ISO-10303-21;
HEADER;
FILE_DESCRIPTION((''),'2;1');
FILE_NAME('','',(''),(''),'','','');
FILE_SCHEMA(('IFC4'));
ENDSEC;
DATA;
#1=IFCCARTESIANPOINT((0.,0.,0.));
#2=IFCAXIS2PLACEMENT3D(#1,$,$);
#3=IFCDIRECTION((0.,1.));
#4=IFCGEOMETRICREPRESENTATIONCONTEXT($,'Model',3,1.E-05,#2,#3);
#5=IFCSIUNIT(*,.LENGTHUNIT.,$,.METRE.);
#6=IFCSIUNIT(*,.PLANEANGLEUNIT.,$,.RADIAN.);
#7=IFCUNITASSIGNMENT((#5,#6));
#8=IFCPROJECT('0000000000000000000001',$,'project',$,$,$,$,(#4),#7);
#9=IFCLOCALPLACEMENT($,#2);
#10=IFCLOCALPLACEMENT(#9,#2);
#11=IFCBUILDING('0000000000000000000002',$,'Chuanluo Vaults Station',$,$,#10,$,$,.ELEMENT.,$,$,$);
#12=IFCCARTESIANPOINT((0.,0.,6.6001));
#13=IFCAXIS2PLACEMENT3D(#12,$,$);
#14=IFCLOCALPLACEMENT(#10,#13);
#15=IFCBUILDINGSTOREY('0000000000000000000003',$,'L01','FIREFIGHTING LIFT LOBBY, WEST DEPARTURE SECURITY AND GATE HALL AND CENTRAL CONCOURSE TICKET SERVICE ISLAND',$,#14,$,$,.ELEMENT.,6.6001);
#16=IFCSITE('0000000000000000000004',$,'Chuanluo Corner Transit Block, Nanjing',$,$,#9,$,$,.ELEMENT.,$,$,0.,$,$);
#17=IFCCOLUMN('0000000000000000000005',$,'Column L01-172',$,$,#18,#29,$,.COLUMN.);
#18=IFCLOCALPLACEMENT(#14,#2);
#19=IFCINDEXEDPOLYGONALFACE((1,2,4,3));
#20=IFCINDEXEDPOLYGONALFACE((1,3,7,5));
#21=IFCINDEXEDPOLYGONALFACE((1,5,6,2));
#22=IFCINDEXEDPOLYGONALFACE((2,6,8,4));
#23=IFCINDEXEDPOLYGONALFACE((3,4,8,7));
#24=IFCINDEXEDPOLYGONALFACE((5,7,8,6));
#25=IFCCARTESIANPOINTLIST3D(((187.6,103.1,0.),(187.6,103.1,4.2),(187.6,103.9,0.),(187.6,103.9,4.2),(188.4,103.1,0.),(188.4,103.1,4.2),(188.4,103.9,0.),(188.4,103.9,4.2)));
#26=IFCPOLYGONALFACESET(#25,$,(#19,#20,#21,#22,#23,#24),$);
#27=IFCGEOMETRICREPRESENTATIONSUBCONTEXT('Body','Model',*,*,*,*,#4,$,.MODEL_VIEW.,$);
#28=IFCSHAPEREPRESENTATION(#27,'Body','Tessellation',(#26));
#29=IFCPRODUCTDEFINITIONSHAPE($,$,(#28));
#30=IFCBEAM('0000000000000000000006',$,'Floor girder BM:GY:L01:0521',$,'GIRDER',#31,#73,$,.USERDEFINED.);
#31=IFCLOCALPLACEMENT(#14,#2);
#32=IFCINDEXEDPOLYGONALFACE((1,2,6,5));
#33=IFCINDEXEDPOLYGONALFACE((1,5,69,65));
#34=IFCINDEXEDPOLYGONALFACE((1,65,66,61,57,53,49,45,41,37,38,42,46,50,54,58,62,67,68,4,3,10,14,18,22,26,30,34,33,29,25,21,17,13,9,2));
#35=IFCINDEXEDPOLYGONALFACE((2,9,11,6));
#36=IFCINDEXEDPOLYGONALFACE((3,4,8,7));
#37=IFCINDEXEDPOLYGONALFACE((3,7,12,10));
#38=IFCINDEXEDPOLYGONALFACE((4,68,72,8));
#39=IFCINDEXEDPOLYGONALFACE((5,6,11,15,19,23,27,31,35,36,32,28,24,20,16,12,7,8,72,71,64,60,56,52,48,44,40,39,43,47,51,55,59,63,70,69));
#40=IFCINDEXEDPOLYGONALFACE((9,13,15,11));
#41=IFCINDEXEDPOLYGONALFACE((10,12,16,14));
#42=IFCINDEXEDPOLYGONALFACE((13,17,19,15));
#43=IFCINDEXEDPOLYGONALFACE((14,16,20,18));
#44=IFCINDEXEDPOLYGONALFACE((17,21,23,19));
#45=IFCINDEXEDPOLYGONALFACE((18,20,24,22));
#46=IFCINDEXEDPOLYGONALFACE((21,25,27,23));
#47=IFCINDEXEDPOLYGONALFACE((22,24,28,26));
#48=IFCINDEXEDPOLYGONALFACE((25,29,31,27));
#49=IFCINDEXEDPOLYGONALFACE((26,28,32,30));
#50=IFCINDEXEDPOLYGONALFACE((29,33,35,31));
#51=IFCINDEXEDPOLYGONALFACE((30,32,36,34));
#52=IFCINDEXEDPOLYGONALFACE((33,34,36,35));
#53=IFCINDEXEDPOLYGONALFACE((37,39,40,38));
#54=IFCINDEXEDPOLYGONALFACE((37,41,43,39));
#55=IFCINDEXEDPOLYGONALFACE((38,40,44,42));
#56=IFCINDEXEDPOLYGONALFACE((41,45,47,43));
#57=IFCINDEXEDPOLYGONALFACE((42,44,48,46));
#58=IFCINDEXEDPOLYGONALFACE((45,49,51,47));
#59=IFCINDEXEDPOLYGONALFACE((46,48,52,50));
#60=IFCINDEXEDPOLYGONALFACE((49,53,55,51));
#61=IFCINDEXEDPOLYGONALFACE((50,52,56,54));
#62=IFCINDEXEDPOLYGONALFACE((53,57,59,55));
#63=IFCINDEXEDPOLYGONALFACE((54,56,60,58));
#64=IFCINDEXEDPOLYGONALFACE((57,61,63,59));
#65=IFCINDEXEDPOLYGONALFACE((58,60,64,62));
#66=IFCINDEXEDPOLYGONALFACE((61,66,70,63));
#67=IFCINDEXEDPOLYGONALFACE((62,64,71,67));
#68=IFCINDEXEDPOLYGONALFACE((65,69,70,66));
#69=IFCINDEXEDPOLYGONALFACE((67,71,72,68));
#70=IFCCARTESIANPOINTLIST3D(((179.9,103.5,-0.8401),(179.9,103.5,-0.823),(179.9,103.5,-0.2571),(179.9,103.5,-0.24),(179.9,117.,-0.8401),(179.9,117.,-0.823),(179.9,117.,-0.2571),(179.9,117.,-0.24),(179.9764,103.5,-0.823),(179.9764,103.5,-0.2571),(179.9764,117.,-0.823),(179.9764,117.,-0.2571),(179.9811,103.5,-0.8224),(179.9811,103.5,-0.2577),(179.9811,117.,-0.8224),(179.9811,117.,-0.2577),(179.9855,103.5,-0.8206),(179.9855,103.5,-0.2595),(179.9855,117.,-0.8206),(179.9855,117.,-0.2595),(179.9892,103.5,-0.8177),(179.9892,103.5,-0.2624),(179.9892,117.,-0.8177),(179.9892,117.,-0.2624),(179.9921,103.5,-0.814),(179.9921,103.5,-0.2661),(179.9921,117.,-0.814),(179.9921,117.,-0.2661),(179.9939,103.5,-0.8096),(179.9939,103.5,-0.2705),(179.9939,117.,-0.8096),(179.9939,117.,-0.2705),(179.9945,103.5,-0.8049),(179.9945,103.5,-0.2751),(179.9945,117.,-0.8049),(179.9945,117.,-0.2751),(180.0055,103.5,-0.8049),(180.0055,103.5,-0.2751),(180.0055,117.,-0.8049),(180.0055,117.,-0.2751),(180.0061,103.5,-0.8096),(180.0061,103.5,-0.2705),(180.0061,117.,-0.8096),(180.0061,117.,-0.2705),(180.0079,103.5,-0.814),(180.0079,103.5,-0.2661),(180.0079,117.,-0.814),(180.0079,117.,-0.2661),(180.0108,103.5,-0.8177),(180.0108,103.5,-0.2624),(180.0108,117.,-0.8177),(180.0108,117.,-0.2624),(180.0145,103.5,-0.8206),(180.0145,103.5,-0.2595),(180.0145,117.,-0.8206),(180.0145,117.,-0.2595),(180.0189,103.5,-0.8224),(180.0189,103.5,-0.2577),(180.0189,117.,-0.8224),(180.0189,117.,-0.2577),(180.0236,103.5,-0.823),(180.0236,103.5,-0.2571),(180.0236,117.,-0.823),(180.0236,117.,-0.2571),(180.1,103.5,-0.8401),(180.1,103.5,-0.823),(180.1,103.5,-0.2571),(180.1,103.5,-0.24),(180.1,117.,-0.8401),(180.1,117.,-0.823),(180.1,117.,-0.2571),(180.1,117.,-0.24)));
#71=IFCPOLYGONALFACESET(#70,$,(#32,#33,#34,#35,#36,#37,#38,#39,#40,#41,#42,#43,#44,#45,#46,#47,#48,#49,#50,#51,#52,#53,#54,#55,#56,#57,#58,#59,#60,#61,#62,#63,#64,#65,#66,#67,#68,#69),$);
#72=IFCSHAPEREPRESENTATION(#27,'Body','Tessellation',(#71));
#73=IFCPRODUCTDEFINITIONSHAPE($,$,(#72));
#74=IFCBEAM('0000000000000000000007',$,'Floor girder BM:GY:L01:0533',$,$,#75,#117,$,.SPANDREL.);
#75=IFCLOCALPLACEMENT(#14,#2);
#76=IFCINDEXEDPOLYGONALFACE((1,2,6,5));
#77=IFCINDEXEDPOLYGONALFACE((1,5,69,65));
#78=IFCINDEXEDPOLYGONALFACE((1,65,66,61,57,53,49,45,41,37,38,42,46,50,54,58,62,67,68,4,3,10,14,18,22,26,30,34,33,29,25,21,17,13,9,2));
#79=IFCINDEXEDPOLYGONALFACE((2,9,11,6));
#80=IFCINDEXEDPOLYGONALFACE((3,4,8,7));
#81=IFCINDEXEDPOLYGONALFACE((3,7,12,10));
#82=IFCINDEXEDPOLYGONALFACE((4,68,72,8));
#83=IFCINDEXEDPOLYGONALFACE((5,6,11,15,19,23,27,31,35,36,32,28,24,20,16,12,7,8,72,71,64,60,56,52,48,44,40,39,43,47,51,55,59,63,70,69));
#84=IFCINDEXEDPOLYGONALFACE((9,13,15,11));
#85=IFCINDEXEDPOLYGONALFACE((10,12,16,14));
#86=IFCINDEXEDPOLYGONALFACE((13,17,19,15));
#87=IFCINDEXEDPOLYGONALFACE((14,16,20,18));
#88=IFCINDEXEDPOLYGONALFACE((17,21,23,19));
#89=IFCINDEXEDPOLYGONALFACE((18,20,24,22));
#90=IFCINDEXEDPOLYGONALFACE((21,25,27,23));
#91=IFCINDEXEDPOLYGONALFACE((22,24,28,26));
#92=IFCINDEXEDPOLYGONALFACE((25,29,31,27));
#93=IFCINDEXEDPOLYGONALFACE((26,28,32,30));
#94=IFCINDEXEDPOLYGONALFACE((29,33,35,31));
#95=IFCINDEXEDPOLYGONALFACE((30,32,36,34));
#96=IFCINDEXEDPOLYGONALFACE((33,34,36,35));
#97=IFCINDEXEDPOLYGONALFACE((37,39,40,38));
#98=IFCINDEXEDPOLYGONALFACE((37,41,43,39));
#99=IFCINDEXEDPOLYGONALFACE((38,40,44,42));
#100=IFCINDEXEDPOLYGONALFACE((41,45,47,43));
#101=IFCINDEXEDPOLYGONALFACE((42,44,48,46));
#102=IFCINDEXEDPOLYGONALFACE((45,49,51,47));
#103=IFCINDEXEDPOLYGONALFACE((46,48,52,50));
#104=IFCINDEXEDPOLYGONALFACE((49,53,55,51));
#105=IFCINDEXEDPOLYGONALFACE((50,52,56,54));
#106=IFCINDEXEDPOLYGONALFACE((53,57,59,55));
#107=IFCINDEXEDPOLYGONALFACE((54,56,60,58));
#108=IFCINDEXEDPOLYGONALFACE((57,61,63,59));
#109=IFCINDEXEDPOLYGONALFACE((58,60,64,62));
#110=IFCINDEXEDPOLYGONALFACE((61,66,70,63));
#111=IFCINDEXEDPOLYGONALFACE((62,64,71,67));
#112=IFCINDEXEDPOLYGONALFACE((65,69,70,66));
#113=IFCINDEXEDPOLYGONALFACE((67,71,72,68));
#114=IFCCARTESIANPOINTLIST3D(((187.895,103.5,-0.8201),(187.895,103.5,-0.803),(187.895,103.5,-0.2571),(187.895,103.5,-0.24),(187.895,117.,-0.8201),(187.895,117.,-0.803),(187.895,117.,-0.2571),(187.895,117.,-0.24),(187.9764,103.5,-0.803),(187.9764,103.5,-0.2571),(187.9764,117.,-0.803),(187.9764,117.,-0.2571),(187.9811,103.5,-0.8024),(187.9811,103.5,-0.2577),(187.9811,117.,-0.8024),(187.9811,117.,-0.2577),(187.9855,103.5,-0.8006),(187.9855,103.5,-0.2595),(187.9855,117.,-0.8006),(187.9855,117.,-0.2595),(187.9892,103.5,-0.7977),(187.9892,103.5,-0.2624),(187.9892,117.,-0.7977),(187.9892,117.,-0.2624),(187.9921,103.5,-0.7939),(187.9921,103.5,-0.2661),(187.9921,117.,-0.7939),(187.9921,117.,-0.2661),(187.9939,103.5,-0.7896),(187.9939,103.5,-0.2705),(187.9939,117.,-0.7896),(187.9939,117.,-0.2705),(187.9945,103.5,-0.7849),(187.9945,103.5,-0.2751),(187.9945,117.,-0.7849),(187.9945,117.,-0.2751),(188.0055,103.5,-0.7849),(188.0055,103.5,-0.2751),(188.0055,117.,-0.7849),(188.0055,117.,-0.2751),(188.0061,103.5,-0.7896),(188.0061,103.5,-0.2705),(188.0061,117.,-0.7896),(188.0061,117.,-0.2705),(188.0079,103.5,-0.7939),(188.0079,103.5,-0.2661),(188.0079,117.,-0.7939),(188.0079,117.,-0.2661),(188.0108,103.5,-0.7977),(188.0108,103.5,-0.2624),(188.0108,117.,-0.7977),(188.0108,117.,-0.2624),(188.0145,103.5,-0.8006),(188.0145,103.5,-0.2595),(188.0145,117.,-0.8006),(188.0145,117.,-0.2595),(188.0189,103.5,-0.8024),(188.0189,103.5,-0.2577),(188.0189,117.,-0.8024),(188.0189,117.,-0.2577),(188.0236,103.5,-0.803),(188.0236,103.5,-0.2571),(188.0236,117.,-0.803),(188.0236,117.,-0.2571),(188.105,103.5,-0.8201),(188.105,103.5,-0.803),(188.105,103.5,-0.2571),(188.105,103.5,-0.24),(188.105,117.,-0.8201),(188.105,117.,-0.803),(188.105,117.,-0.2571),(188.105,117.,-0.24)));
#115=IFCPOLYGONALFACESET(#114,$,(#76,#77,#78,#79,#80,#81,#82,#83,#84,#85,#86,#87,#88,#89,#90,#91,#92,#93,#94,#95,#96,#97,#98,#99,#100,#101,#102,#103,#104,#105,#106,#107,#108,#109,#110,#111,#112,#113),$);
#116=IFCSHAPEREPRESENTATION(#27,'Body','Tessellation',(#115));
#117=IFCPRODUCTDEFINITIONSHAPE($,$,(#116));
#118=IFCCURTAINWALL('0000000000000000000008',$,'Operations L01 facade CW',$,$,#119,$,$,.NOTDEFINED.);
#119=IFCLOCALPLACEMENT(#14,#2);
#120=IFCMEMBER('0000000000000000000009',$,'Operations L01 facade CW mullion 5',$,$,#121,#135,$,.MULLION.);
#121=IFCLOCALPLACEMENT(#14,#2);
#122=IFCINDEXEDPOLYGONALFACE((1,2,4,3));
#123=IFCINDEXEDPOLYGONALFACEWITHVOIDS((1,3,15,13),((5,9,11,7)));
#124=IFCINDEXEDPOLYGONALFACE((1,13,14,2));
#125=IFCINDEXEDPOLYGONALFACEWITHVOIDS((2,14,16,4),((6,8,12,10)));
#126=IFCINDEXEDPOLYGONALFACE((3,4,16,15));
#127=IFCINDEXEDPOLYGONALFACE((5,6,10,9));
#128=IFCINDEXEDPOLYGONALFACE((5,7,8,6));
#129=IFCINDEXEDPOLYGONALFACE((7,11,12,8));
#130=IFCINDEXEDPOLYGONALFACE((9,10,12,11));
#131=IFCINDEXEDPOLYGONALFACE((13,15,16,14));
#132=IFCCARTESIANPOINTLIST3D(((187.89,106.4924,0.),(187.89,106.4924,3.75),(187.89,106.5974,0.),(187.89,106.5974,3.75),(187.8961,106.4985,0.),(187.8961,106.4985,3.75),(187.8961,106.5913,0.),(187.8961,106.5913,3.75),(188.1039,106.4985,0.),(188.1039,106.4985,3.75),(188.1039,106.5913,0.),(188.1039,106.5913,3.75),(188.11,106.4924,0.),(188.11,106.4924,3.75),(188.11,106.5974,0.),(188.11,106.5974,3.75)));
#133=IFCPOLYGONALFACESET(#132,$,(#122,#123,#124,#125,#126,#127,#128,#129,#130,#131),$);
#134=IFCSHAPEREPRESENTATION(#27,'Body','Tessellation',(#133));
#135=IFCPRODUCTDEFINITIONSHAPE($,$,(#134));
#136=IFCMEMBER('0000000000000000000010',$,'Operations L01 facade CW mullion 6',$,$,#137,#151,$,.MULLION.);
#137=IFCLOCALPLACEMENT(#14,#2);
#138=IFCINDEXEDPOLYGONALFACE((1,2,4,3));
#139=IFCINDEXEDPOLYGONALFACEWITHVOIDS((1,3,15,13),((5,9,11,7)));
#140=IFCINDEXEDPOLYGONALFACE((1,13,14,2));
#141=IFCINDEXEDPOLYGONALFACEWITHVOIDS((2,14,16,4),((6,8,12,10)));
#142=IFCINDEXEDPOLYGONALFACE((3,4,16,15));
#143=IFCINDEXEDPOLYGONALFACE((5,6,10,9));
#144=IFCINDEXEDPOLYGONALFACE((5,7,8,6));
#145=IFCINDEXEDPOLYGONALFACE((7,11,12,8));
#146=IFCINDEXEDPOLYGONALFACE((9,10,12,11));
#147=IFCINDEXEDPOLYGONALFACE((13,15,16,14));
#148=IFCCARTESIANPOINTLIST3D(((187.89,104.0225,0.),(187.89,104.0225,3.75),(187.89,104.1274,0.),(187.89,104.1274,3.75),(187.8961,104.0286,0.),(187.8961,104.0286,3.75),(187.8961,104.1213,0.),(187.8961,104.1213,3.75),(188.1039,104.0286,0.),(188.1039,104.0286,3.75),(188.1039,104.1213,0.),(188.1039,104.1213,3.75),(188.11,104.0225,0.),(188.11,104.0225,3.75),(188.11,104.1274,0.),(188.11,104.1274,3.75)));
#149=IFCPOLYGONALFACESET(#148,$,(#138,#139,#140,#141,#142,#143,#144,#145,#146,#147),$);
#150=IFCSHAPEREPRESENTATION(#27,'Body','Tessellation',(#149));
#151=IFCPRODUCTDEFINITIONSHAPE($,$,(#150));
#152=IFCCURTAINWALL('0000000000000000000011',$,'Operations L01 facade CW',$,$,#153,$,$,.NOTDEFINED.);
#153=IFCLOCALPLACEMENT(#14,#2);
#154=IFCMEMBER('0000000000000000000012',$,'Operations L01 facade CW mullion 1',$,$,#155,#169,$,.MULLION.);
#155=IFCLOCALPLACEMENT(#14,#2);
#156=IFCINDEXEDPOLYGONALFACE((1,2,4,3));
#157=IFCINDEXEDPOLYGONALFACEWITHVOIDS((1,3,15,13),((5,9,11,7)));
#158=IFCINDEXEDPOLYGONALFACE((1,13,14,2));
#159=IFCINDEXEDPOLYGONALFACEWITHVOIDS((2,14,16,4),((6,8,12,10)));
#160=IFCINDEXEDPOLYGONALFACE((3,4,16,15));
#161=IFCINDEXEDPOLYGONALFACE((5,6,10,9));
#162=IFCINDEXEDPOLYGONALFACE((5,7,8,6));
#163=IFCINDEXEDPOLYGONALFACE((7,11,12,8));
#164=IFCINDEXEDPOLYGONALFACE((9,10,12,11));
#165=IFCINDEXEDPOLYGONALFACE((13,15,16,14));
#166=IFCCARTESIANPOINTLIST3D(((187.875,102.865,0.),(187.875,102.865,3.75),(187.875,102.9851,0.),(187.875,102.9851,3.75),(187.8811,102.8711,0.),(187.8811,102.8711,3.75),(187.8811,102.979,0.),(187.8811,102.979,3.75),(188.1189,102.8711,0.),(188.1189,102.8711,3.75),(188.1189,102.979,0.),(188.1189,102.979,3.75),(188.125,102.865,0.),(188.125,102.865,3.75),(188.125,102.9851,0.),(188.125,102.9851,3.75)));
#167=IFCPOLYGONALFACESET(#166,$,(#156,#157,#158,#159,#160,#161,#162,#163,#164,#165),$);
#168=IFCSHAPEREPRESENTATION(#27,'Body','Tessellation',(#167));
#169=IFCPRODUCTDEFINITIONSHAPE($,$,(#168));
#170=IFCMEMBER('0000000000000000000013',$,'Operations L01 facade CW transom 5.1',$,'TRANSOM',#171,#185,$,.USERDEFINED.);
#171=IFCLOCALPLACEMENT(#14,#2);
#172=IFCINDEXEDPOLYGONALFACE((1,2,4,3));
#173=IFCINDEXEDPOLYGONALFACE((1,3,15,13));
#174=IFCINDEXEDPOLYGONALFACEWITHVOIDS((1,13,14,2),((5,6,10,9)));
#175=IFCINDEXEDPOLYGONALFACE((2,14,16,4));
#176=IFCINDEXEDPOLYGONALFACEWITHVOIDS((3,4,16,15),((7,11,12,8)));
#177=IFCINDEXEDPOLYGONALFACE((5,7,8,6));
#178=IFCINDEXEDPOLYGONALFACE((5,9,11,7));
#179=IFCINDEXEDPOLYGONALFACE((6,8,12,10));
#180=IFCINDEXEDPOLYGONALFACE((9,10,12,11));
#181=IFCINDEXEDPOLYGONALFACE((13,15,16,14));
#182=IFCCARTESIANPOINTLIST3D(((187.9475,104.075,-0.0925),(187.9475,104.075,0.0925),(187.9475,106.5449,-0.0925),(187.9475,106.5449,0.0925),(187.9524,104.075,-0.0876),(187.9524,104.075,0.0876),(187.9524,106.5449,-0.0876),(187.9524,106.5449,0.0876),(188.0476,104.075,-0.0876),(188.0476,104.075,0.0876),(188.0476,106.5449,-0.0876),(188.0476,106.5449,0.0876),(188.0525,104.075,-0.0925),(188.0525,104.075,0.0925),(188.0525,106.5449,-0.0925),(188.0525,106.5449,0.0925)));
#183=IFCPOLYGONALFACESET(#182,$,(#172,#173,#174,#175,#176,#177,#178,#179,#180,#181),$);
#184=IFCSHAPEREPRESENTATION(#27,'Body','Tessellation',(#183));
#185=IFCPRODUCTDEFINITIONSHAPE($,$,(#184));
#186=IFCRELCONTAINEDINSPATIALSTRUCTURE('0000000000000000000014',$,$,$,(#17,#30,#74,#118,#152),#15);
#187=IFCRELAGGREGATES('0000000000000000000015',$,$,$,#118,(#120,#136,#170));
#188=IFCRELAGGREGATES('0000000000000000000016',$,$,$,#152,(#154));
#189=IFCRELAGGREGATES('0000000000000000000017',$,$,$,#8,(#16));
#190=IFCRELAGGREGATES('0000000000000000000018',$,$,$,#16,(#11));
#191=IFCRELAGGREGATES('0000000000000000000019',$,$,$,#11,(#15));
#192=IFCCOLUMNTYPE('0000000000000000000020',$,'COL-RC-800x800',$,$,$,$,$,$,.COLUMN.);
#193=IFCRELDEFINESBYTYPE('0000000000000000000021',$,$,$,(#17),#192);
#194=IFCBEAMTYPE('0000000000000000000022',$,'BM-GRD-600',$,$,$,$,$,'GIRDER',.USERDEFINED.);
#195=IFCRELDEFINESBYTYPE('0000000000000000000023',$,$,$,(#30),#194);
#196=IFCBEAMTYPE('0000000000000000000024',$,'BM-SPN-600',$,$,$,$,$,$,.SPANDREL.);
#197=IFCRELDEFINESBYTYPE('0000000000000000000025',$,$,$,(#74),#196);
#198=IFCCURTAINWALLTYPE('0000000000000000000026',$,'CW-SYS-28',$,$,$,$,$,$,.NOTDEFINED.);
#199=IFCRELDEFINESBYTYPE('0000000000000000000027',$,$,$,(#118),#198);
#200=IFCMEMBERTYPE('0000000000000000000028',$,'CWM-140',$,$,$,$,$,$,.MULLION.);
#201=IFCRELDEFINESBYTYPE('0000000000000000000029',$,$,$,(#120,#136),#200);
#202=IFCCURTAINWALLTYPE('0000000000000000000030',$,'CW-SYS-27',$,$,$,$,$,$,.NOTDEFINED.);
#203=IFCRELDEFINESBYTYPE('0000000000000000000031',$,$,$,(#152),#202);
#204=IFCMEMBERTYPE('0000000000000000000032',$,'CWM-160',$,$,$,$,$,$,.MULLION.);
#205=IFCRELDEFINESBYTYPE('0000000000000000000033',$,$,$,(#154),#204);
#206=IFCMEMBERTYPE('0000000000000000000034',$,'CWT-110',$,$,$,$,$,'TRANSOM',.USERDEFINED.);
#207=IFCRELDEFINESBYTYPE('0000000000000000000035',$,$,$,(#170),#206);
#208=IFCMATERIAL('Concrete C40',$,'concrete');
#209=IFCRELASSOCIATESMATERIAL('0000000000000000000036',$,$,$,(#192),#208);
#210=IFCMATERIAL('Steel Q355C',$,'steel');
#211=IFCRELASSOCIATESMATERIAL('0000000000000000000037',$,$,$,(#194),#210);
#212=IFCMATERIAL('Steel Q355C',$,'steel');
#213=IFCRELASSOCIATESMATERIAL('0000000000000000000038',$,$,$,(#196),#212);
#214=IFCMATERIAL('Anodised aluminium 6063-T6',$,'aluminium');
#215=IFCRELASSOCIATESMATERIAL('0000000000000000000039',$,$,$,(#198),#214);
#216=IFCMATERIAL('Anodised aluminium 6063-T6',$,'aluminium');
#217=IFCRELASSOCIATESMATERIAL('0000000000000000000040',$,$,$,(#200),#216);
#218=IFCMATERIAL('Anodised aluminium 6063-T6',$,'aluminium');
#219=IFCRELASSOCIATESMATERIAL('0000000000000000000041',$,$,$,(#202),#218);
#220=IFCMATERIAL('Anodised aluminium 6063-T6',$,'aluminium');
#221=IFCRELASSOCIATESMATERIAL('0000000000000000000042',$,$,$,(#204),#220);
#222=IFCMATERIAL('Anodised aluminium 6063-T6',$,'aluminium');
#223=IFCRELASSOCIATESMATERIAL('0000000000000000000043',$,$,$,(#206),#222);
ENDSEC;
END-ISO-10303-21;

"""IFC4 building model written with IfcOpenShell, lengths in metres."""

from ifc_helpers import new_model, si_unit, direction, frame, origin, origin_2d, place, context, subcontext, project, spatial, rectangle, hollow_rectangle, i_section, extrude, material, material_profile, profile_set, type_object, element, aggregate, save


model = new_model("IFC4")

# Units and contexts
model_context = context("Model", 3, precision=1e-05, world=origin(), true_north=direction((0.0, 1.0)))
body_context = subcontext(model_context, "Body", "Model", "MODEL_VIEW")
ifc_project = project(units=[si_unit("LENGTHUNIT", "METRE"), si_unit("PLANEANGLEUNIT", "RADIAN")], contexts=[model_context])

# Site, building, storey
site_placement = place(None, origin())
site = spatial("IfcSite", under=ifc_project, at=site_placement, Name="Chuanluo Corner Transit Block, Nanjing", CompositionType="ELEMENT", RefElevation=0.0)
building_placement = place(site_placement, origin())
building = spatial("IfcBuilding", under=site, at=building_placement, Name="Chuanluo Vaults Station", CompositionType="ELEMENT")
storey_placement = place(building_placement, frame((0.0, 0.0, 6.6001)))
storey = spatial("IfcBuildingStorey", under=building, at=storey_placement, Name="L01", Description="FIREFIGHTING LIFT LOBBY, WEST DEPARTURE SECURITY AND GATE HALL AND CENTRAL CONCOURSE TICKET SERVICE ISLAND", CompositionType="ELEMENT", Elevation=6.6001)

# Column
ifc_material_1 = material(Name="Concrete C40", Category="concrete")
ifc_material_profile_1 = material_profile(ifc_material_1, rectangle(XDim=0.8, YDim=0.8, at=origin_2d()))
ifc_profile_set_1 = profile_set([ifc_material_profile_1], Name="Concrete C40")
column_type = type_object("IfcColumnType", Name="COL-RC-800x800", PredefinedType="COLUMN", material=ifc_profile_set_1)
column_placement = place(storey_placement, frame((188.0, 103.5, 0.0), z_axis=(0.0, 0.0, 1.0), x_axis=(1.0, 0.0, 0.0)))
element("IfcColumn", 1, at=column_placement, inside=storey, type_object=column_type, Name="Column L01-172", PredefinedType="COLUMN", context=body_context, shape_type="SweptSolid", body=[
    extrude(rectangle(XDim=0.8, YDim=0.8, at=origin_2d()), origin(), (0.0, 0.0, 1.0), 4.2),
])

# Beams
ifc_material_2 = material(Name="Steel Q355C", Category="steel")
ifc_material_profile_2 = material_profile(ifc_material_2, i_section(OverallWidth=0.2, OverallDepth=0.6001, WebThickness=0.011, FlangeThickness=0.0171, FilletRadius=0.0181, at=origin_2d()))
ifc_profile_set_2 = profile_set([ifc_material_profile_2], Name="Steel Q355C")
beam_type_1 = type_object("IfcBeamType", Name="BM-GRD-600", ElementType="GIRDER", PredefinedType="USERDEFINED", material=ifc_profile_set_2)
beam_1_placement = place(storey_placement, frame((180.0, 103.5, -0.54), z_axis=(0.0, 1.0, 0.0), x_axis=(-1.0, 0.0, 0.0)))
element("IfcBeam", 2, at=beam_1_placement, inside=storey, type_object=beam_type_1, Name="Floor girder BM:GY:L01:0521", ObjectType="GIRDER", PredefinedType="USERDEFINED", context=body_context, shape_type="SweptSolid", body=[
    extrude(i_section(OverallWidth=0.2, OverallDepth=0.6001, WebThickness=0.011, FlangeThickness=0.0171, FilletRadius=0.0181, at=origin_2d()), origin(), (0.0, 0.0, 1.0), 13.5),
])
ifc_material_3 = material(Name="Steel Q355C", Category="steel")
ifc_material_profile_3 = material_profile(ifc_material_3, i_section(OverallWidth=0.21, OverallDepth=0.5801, WebThickness=0.011, FlangeThickness=0.0171, FilletRadius=0.0181, at=origin_2d()))
ifc_profile_set_3 = profile_set([ifc_material_profile_3], Name="Steel Q355C")
beam_type_2 = type_object("IfcBeamType", Name="BM-SPN-600", PredefinedType="SPANDREL", material=ifc_profile_set_3)
beam_2_placement = place(storey_placement, frame((188.0, 103.5, -0.53), z_axis=(0.0, 1.0, 0.0), x_axis=(-1.0, 0.0, 0.0)))
element("IfcBeam", 3, at=beam_2_placement, inside=storey, type_object=beam_type_2, Name="Floor girder BM:GY:L01:0533", PredefinedType="SPANDREL", context=body_context, shape_type="SweptSolid", body=[
    extrude(i_section(OverallWidth=0.21, OverallDepth=0.5801, WebThickness=0.011, FlangeThickness=0.0171, FilletRadius=0.0181, at=origin_2d()), origin(), (0.0, 0.0, 1.0), 13.5),
])

# Curtain wall, members
ifc_material_4 = material(Name="Anodised aluminium 6063-T6", Category="aluminium")
curtain_wall_type_1 = type_object("IfcCurtainWallType", Name="CW-SYS-28", PredefinedType="NOTDEFINED", material=ifc_material_4)
curtain_wall_1_placement = place(storey_placement, origin())
curtain_wall_1 = element("IfcCurtainWall", 4, at=curtain_wall_1_placement, inside=storey, type_object=curtain_wall_type_1, Name="Operations L01 facade CW", PredefinedType="NOTDEFINED")
ifc_material_5 = material(Name="Anodised aluminium 6063-T6", Category="aluminium")
ifc_material_profile_4 = material_profile(ifc_material_5, hollow_rectangle(XDim=0.105, YDim=0.22, WallThickness=0.0061, at=origin_2d()))
ifc_profile_set_4 = profile_set([ifc_material_profile_4], Name="Anodised aluminium 6063-T6")
member_type_1 = type_object("IfcMemberType", Name="CWM-140", PredefinedType="MULLION", material=ifc_profile_set_4)
member_1_placement = place(storey_placement, frame((188.0, 106.5449, 0.0), z_axis=(0.0, 0.0, 1.0), x_axis=(0.0, -1.0, 0.0)))
member_1 = element("IfcMember", 5, at=member_1_placement, type_object=member_type_1, Name="Operations L01 facade CW mullion 5", PredefinedType="MULLION", context=body_context, shape_type="SweptSolid", body=[
    extrude(hollow_rectangle(XDim=0.105, YDim=0.22, WallThickness=0.0061, at=origin_2d()), origin(), (0.0, 0.0, 1.0), 3.75),
])
member_2_placement = place(storey_placement, frame((188.0, 104.075, 0.0), z_axis=(0.0, 0.0, 1.0), x_axis=(0.0, -1.0, 0.0)))
member_2 = element("IfcMember", 6, at=member_2_placement, type_object=member_type_1, Name="Operations L01 facade CW mullion 6", PredefinedType="MULLION", context=body_context, shape_type="SweptSolid", body=[
    extrude(hollow_rectangle(XDim=0.105, YDim=0.22, WallThickness=0.0061, at=origin_2d()), origin(), (0.0, 0.0, 1.0), 3.75),
])

# Curtain wall, member
ifc_material_6 = material(Name="Anodised aluminium 6063-T6", Category="aluminium")
curtain_wall_type_2 = type_object("IfcCurtainWallType", Name="CW-SYS-27", PredefinedType="NOTDEFINED", material=ifc_material_6)
curtain_wall_2_placement = place(storey_placement, origin())
curtain_wall_2 = element("IfcCurtainWall", 7, at=curtain_wall_2_placement, inside=storey, type_object=curtain_wall_type_2, Name="Operations L01 facade CW", PredefinedType="NOTDEFINED")
ifc_material_7 = material(Name="Anodised aluminium 6063-T6", Category="aluminium")
ifc_material_profile_5 = material_profile(ifc_material_7, hollow_rectangle(XDim=0.1201, YDim=0.25, WallThickness=0.0061, at=origin_2d()))
ifc_profile_set_5 = profile_set([ifc_material_profile_5], Name="Anodised aluminium 6063-T6")
member_type_2 = type_object("IfcMemberType", Name="CWM-160", PredefinedType="MULLION", material=ifc_profile_set_5)
member_3_placement = place(storey_placement, frame((188.0, 102.925, 0.0), z_axis=(0.0, 0.0, 1.0), x_axis=(0.0, -1.0, 0.0)))
member_3 = element("IfcMember", 8, at=member_3_placement, type_object=member_type_2, Name="Operations L01 facade CW mullion 1", PredefinedType="MULLION", context=body_context, shape_type="SweptSolid", body=[
    extrude(hollow_rectangle(XDim=0.1201, YDim=0.25, WallThickness=0.0061, at=origin_2d()), origin(), (0.0, 0.0, 1.0), 3.75),
])

# Member
ifc_material_8 = material(Name="Anodised aluminium 6063-T6", Category="aluminium")
ifc_material_profile_6 = material_profile(ifc_material_8, hollow_rectangle(XDim=0.105, YDim=0.1851, WallThickness=0.0049, at=origin_2d()))
ifc_profile_set_6 = profile_set([ifc_material_profile_6], Name="Anodised aluminium 6063-T6")
member_type_3 = type_object("IfcMemberType", Name="CWT-110", ElementType="TRANSOM", PredefinedType="USERDEFINED", material=ifc_profile_set_6)
member_4_placement = place(storey_placement, frame((188.0, 106.5449, 0.0), z_axis=(0.0, -1.0, 0.0), x_axis=(1.0, 0.0, 0.0)))
member_4 = element("IfcMember", 9, at=member_4_placement, type_object=member_type_3, Name="Operations L01 facade CW transom 5.1", ObjectType="TRANSOM", PredefinedType="USERDEFINED", context=body_context, shape_type="SweptSolid", body=[
    extrude(hollow_rectangle(XDim=0.105, YDim=0.1851, WallThickness=0.0049, at=origin_2d()), origin(), (0.0, 0.0, 1.0), 2.47),
])

aggregate(curtain_wall_1, [member_1, member_2, member_4])
aggregate(curtain_wall_2, [member_3])

save(model, "model.ifc")
